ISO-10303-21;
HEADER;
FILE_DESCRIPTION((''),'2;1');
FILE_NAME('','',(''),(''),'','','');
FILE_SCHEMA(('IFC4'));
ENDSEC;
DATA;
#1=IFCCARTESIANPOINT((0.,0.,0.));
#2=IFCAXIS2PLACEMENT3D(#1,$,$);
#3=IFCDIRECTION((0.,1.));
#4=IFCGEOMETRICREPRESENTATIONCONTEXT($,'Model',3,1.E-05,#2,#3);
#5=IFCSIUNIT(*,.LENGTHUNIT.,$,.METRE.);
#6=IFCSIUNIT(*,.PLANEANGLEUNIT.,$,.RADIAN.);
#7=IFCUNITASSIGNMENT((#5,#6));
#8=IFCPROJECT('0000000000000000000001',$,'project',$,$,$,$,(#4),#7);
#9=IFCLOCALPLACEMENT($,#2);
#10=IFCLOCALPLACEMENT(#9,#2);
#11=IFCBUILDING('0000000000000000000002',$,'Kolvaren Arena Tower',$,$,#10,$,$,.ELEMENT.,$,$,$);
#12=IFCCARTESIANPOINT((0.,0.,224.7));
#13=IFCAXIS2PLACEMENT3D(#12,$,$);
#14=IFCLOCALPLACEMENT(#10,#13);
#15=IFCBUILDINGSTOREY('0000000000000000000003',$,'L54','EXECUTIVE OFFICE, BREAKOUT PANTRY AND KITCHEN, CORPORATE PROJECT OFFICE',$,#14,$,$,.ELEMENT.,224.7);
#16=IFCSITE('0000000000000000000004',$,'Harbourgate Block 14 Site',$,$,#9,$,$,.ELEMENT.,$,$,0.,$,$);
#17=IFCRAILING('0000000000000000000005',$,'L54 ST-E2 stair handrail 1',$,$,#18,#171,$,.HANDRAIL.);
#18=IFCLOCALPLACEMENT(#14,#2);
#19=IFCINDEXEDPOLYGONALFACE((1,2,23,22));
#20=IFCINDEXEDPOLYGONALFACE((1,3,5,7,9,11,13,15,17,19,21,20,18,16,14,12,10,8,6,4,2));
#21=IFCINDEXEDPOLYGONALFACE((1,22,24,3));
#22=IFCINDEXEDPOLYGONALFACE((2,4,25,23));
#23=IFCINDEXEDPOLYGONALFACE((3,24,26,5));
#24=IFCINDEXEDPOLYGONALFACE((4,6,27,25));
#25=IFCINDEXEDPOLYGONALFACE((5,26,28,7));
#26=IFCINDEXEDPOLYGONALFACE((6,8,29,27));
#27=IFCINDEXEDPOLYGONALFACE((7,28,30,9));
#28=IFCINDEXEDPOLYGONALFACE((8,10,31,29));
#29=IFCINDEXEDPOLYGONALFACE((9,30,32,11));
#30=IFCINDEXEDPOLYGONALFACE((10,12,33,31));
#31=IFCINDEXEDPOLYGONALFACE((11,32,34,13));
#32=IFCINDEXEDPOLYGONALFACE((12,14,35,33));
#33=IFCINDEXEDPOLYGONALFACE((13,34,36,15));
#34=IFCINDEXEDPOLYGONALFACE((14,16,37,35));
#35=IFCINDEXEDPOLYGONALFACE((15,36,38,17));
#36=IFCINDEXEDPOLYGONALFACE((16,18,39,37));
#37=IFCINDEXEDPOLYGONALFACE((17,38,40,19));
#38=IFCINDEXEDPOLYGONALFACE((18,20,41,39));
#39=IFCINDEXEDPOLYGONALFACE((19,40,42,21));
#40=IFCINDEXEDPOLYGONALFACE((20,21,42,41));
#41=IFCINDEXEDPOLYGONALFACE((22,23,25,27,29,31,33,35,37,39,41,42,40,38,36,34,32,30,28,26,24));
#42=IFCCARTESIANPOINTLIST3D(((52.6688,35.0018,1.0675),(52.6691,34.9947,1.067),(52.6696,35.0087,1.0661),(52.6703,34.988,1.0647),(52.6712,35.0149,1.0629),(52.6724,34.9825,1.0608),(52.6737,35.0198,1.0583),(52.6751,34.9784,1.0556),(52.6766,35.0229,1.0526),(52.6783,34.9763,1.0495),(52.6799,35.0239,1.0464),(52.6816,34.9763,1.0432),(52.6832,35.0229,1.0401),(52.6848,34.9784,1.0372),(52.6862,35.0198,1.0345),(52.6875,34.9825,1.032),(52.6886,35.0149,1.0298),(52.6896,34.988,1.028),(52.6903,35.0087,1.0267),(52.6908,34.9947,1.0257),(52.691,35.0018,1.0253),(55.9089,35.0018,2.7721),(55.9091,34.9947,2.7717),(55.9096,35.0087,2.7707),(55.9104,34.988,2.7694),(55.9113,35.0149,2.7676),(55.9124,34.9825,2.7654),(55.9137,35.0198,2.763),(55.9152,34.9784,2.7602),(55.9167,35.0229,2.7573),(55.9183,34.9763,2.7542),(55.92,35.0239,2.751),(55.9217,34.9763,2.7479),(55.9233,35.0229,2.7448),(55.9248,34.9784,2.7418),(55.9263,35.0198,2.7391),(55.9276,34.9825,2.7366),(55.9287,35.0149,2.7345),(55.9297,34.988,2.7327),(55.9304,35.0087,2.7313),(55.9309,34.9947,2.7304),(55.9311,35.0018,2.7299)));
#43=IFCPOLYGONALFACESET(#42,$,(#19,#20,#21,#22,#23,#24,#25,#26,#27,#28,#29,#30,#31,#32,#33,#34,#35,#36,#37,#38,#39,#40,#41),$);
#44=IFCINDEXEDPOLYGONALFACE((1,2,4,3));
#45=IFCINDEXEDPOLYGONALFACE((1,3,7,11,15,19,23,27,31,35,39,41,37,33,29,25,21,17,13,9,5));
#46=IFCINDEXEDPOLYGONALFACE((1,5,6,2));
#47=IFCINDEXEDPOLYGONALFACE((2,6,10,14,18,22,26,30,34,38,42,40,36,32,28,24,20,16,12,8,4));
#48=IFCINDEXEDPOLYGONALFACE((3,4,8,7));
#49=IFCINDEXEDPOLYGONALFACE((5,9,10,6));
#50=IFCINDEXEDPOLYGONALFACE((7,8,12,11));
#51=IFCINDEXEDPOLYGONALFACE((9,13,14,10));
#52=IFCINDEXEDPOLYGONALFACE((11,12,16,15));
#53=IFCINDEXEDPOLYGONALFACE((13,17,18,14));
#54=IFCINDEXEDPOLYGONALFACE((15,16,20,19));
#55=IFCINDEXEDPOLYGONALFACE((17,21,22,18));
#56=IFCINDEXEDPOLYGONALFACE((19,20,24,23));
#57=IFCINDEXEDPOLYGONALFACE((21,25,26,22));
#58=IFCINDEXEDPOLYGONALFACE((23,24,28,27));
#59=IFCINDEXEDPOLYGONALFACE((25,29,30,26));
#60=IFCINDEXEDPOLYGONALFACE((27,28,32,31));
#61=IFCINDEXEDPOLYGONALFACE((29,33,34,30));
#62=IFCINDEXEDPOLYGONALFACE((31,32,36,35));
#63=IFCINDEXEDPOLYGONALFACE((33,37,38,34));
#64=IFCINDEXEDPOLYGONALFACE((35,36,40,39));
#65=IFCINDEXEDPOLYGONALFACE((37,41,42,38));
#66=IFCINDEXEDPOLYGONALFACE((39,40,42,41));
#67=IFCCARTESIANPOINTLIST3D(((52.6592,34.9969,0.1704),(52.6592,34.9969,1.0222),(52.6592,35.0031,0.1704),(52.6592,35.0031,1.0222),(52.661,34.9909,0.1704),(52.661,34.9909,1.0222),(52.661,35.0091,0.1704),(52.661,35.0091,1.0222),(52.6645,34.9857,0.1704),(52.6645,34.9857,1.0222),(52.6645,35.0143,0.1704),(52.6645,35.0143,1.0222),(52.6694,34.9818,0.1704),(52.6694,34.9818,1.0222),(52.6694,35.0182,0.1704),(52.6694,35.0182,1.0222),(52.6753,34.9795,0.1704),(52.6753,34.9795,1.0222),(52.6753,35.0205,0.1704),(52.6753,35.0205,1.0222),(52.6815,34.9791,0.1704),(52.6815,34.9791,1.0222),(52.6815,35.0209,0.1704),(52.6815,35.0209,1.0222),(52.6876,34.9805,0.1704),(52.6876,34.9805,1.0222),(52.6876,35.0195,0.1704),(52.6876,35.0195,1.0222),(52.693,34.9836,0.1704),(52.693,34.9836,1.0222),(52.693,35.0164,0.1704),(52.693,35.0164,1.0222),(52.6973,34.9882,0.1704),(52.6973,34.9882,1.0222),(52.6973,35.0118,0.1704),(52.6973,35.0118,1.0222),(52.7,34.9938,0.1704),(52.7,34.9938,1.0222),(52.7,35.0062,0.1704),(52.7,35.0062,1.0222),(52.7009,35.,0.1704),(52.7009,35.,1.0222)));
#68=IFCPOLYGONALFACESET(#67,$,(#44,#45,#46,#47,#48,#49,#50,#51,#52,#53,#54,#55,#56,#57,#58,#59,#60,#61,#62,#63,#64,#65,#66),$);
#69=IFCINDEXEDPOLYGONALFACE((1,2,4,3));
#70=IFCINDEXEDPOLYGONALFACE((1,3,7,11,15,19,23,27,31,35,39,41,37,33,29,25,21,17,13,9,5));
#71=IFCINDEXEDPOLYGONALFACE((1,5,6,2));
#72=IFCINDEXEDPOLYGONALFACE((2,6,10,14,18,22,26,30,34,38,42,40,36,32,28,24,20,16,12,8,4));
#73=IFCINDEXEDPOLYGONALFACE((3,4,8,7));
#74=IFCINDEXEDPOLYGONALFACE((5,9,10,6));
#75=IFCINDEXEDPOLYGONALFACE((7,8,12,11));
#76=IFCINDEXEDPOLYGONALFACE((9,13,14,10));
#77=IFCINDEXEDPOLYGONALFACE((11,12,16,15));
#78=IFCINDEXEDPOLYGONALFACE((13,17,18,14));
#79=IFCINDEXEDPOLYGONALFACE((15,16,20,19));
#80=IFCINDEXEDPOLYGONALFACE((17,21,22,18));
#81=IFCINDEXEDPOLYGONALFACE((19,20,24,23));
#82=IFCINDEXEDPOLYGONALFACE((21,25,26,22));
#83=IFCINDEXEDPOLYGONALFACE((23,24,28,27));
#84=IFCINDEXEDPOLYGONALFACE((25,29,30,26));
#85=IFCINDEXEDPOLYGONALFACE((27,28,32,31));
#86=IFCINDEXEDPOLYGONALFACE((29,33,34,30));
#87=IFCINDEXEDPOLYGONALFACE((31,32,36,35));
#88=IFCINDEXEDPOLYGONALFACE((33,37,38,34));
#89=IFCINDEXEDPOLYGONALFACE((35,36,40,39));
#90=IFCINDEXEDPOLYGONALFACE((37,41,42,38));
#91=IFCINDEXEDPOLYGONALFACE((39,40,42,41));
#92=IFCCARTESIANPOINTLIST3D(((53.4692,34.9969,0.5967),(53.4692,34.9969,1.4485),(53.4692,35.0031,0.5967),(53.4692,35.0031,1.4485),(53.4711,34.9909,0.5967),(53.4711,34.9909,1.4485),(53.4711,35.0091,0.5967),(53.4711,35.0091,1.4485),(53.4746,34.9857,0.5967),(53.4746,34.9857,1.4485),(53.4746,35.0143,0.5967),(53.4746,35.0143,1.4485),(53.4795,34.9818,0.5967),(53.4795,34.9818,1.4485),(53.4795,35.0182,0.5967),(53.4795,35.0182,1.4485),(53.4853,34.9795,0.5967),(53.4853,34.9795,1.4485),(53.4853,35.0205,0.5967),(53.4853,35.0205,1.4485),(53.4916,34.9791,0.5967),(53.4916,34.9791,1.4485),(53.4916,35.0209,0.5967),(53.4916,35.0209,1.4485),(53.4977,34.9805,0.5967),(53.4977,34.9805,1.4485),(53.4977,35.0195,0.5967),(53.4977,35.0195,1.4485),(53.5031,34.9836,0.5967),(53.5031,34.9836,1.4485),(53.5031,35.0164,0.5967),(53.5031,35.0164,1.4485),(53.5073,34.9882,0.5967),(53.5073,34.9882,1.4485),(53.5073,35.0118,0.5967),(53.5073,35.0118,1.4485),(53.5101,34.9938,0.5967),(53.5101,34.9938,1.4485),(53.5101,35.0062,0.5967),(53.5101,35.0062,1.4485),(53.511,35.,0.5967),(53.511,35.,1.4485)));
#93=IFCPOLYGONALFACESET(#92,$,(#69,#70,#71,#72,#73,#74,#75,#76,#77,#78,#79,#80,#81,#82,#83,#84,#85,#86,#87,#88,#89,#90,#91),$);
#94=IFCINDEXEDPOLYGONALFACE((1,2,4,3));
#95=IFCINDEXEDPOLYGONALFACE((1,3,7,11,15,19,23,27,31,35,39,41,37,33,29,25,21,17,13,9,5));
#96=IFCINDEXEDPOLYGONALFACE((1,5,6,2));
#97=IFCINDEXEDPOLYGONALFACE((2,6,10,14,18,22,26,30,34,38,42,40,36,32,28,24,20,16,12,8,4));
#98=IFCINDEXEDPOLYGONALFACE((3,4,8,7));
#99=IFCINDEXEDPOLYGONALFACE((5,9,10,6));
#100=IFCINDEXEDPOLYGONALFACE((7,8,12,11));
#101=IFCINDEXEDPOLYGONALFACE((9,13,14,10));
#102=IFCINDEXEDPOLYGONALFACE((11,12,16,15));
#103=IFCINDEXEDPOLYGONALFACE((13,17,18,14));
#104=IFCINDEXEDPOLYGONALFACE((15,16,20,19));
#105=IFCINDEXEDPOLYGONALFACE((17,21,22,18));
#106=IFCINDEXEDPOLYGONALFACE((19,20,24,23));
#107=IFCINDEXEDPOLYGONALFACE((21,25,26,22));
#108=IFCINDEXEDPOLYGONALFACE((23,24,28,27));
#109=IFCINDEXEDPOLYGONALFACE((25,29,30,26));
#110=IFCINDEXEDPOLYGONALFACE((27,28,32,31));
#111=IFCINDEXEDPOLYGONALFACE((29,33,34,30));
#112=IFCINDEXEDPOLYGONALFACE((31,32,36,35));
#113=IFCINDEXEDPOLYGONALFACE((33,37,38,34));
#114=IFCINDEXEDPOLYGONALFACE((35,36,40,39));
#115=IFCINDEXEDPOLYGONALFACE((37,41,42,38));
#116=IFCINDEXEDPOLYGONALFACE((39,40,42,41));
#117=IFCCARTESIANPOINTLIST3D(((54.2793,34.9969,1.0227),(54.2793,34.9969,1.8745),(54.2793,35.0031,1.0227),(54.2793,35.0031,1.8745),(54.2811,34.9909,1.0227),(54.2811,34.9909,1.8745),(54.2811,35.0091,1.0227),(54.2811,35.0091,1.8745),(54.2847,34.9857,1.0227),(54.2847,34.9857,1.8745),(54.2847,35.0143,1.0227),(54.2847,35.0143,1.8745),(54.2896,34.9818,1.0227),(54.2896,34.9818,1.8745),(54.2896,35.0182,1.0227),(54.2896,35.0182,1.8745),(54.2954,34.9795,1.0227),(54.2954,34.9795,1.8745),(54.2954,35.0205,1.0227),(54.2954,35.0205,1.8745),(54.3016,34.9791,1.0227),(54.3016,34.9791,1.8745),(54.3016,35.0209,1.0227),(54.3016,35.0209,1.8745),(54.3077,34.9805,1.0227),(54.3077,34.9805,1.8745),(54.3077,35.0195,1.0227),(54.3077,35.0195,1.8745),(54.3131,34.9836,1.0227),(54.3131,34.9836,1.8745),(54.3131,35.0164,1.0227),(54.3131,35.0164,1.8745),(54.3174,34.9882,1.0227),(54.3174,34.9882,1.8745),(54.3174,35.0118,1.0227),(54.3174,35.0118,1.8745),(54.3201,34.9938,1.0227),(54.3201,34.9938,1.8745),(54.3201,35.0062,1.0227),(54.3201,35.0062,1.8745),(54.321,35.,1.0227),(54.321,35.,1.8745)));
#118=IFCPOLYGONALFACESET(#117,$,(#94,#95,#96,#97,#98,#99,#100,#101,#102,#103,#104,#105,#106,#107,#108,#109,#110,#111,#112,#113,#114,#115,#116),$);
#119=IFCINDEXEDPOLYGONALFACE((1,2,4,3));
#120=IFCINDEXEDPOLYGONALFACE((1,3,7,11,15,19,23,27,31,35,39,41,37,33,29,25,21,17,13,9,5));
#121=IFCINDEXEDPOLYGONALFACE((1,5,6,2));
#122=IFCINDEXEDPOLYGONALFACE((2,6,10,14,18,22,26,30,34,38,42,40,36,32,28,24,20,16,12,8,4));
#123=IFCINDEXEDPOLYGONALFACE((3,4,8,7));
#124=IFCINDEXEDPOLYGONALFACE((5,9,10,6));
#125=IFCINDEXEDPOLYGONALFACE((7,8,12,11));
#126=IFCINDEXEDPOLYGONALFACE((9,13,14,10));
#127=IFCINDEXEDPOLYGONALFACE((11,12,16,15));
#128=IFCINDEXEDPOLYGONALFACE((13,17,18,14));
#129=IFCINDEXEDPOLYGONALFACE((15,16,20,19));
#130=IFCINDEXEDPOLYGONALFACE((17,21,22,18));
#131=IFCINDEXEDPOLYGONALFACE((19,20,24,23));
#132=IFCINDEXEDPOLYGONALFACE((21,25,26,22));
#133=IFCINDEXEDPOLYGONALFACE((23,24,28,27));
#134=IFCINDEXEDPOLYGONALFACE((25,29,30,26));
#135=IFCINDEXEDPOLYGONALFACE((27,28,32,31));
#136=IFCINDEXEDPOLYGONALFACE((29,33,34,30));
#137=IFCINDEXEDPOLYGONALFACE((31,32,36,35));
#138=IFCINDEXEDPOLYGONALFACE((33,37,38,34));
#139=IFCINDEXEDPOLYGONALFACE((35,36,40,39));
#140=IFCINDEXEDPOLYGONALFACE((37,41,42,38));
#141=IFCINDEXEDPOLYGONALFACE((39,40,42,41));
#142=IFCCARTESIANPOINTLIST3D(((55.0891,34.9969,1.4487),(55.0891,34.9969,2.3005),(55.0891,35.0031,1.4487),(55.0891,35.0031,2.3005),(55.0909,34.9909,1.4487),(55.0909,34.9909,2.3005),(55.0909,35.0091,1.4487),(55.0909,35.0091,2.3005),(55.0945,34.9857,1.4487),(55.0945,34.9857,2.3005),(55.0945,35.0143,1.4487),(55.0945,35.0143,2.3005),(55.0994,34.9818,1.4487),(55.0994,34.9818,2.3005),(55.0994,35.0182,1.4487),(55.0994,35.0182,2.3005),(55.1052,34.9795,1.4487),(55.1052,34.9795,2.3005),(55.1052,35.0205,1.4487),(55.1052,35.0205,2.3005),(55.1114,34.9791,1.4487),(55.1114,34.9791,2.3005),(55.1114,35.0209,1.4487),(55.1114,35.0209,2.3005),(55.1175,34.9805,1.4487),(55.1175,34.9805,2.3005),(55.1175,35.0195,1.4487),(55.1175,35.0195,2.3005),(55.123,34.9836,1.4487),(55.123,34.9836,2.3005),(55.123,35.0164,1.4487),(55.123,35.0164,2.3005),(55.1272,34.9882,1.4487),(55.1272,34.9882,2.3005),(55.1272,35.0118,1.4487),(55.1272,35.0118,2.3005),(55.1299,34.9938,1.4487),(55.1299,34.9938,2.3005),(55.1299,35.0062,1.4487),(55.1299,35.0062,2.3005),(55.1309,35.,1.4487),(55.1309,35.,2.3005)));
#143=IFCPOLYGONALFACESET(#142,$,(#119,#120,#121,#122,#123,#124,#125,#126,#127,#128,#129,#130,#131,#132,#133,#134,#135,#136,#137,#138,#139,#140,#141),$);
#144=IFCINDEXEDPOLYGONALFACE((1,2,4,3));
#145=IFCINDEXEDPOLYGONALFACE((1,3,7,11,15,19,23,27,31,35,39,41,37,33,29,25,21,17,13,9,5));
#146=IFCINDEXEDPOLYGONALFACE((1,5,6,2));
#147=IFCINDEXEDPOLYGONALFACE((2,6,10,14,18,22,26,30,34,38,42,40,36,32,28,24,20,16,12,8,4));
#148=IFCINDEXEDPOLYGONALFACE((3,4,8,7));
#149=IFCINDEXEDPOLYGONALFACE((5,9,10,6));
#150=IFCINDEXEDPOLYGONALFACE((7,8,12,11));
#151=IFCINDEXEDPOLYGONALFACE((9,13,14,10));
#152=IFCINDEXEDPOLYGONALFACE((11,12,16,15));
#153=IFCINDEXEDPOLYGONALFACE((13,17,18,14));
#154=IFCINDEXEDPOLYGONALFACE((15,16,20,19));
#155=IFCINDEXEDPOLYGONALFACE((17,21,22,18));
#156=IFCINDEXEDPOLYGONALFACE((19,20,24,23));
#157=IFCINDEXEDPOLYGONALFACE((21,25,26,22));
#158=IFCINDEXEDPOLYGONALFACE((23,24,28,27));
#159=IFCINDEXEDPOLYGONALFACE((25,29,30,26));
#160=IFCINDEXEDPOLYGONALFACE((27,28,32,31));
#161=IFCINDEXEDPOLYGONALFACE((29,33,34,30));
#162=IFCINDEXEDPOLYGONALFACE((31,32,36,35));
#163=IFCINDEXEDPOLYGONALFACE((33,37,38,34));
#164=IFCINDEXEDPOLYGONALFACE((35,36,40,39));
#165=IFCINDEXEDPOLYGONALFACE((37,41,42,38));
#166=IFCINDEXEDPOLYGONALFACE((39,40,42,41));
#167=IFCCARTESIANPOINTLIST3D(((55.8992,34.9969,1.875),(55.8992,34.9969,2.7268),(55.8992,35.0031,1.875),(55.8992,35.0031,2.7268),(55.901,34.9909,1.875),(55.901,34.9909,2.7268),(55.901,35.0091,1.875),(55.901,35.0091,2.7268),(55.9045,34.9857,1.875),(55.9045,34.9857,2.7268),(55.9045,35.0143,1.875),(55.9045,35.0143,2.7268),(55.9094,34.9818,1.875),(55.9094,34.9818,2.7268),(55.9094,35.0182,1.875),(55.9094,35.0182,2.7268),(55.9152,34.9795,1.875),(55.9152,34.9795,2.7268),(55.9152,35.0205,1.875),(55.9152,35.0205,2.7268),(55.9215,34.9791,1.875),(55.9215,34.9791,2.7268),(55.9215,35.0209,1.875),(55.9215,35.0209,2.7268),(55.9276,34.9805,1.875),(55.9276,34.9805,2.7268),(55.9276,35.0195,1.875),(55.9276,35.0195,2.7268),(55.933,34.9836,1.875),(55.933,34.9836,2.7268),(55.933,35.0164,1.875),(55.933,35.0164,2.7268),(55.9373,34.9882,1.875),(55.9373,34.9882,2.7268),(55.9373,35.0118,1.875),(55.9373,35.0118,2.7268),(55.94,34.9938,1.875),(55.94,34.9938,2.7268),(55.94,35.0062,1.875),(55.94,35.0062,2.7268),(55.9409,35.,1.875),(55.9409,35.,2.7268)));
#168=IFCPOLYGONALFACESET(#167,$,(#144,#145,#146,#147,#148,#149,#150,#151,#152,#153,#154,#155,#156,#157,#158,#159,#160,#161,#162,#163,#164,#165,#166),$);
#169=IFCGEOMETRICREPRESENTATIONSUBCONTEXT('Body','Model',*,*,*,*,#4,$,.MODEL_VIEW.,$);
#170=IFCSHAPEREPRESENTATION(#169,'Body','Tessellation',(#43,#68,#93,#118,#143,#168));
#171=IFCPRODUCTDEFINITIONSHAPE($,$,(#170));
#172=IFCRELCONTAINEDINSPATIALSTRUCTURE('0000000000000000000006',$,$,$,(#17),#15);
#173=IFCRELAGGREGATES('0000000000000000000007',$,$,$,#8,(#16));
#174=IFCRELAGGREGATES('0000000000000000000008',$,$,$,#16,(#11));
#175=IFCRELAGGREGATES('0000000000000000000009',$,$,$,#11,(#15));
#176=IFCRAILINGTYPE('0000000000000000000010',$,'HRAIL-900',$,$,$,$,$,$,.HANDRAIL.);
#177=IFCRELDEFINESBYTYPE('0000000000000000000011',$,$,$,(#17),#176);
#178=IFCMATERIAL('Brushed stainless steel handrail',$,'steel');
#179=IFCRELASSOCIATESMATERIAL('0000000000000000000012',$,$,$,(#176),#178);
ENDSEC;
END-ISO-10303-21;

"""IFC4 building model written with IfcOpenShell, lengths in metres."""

from ifc_helpers import new_model, si_unit, direction, frame, origin, origin_2d, place, context, subcontext, project, spatial, circle, extrude, material, type_object, element, save


model = new_model("IFC4")

# Units and contexts
model_context = context("Model", 3, precision=1e-05, world=origin(), true_north=direction((0.0, 1.0)))
body_context = subcontext(model_context, "Body", "Model", "MODEL_VIEW")
ifc_project = project(units=[si_unit("LENGTHUNIT", "METRE"), si_unit("PLANEANGLEUNIT", "RADIAN")], contexts=[model_context])

# Site, building, storey
site_placement = place(None, origin())
site = spatial("IfcSite", under=ifc_project, at=site_placement, Name="Harbourgate Block 14 Site", CompositionType="ELEMENT", RefElevation=0.0)
building_placement = place(site_placement, origin())
building = spatial("IfcBuilding", under=site, at=building_placement, Name="Kolvaren Arena Tower", CompositionType="ELEMENT")
storey_placement = place(building_placement, frame((0.0, 0.0, 224.7)))
storey = spatial("IfcBuildingStorey", under=building, at=storey_placement, Name="L54", Description="EXECUTIVE OFFICE, BREAKOUT PANTRY AND KITCHEN, CORPORATE PROJECT OFFICE", CompositionType="ELEMENT", Elevation=224.7)

# Railing
ifc_material_1 = material(Name="Brushed stainless steel handrail", Category="steel")
railing_type_1 = type_object("IfcRailingType", Name="HRAIL-900", PredefinedType="HANDRAIL", material=ifc_material_1)
for number, where, name in (
    (1, (52.6799, 35.0, 0.1704), "L54 ST-E2 stair handrail 1"),
):
    element("IfcRailing", number, at=place(storey_placement, frame(where)), inside=storey, type_object=railing_type_1, Name=name, PredefinedType="HANDRAIL", context=body_context, shape_type="SweptSolid", body=[
        extrude(circle(Radius=0.0239, at=origin_2d()), frame((0.0, 0.0, 0.876), z_axis=(0.884993, 0.0, 0.465604), x_axis=(0.0, 1.0, 0.0)), (0.0, 0.0, 1.0), 3.6611),
        extrude(circle(Radius=0.021, at=origin_2d()), origin(), (0.0, 0.0, 1.0), 0.8518),
        extrude(circle(Radius=0.021, at=origin_2d()), frame((0.8101, 0.0, 0.4263)), (0.0, 0.0, 1.0), 0.8518),
        extrude(circle(Radius=0.021, at=origin_2d()), frame((1.6201, 0.0, 0.8523)), (0.0, 0.0, 1.0), 0.8518),
        extrude(circle(Radius=0.021, at=origin_2d()), frame((2.4299, 0.0, 1.2783)), (0.0, 0.0, 1.0), 0.8518),
        extrude(circle(Radius=0.021, at=origin_2d()), frame((3.24, 0.0, 1.7046)), (0.0, 0.0, 1.0), 0.8518),
    ])

save(model, "model.ifc")
